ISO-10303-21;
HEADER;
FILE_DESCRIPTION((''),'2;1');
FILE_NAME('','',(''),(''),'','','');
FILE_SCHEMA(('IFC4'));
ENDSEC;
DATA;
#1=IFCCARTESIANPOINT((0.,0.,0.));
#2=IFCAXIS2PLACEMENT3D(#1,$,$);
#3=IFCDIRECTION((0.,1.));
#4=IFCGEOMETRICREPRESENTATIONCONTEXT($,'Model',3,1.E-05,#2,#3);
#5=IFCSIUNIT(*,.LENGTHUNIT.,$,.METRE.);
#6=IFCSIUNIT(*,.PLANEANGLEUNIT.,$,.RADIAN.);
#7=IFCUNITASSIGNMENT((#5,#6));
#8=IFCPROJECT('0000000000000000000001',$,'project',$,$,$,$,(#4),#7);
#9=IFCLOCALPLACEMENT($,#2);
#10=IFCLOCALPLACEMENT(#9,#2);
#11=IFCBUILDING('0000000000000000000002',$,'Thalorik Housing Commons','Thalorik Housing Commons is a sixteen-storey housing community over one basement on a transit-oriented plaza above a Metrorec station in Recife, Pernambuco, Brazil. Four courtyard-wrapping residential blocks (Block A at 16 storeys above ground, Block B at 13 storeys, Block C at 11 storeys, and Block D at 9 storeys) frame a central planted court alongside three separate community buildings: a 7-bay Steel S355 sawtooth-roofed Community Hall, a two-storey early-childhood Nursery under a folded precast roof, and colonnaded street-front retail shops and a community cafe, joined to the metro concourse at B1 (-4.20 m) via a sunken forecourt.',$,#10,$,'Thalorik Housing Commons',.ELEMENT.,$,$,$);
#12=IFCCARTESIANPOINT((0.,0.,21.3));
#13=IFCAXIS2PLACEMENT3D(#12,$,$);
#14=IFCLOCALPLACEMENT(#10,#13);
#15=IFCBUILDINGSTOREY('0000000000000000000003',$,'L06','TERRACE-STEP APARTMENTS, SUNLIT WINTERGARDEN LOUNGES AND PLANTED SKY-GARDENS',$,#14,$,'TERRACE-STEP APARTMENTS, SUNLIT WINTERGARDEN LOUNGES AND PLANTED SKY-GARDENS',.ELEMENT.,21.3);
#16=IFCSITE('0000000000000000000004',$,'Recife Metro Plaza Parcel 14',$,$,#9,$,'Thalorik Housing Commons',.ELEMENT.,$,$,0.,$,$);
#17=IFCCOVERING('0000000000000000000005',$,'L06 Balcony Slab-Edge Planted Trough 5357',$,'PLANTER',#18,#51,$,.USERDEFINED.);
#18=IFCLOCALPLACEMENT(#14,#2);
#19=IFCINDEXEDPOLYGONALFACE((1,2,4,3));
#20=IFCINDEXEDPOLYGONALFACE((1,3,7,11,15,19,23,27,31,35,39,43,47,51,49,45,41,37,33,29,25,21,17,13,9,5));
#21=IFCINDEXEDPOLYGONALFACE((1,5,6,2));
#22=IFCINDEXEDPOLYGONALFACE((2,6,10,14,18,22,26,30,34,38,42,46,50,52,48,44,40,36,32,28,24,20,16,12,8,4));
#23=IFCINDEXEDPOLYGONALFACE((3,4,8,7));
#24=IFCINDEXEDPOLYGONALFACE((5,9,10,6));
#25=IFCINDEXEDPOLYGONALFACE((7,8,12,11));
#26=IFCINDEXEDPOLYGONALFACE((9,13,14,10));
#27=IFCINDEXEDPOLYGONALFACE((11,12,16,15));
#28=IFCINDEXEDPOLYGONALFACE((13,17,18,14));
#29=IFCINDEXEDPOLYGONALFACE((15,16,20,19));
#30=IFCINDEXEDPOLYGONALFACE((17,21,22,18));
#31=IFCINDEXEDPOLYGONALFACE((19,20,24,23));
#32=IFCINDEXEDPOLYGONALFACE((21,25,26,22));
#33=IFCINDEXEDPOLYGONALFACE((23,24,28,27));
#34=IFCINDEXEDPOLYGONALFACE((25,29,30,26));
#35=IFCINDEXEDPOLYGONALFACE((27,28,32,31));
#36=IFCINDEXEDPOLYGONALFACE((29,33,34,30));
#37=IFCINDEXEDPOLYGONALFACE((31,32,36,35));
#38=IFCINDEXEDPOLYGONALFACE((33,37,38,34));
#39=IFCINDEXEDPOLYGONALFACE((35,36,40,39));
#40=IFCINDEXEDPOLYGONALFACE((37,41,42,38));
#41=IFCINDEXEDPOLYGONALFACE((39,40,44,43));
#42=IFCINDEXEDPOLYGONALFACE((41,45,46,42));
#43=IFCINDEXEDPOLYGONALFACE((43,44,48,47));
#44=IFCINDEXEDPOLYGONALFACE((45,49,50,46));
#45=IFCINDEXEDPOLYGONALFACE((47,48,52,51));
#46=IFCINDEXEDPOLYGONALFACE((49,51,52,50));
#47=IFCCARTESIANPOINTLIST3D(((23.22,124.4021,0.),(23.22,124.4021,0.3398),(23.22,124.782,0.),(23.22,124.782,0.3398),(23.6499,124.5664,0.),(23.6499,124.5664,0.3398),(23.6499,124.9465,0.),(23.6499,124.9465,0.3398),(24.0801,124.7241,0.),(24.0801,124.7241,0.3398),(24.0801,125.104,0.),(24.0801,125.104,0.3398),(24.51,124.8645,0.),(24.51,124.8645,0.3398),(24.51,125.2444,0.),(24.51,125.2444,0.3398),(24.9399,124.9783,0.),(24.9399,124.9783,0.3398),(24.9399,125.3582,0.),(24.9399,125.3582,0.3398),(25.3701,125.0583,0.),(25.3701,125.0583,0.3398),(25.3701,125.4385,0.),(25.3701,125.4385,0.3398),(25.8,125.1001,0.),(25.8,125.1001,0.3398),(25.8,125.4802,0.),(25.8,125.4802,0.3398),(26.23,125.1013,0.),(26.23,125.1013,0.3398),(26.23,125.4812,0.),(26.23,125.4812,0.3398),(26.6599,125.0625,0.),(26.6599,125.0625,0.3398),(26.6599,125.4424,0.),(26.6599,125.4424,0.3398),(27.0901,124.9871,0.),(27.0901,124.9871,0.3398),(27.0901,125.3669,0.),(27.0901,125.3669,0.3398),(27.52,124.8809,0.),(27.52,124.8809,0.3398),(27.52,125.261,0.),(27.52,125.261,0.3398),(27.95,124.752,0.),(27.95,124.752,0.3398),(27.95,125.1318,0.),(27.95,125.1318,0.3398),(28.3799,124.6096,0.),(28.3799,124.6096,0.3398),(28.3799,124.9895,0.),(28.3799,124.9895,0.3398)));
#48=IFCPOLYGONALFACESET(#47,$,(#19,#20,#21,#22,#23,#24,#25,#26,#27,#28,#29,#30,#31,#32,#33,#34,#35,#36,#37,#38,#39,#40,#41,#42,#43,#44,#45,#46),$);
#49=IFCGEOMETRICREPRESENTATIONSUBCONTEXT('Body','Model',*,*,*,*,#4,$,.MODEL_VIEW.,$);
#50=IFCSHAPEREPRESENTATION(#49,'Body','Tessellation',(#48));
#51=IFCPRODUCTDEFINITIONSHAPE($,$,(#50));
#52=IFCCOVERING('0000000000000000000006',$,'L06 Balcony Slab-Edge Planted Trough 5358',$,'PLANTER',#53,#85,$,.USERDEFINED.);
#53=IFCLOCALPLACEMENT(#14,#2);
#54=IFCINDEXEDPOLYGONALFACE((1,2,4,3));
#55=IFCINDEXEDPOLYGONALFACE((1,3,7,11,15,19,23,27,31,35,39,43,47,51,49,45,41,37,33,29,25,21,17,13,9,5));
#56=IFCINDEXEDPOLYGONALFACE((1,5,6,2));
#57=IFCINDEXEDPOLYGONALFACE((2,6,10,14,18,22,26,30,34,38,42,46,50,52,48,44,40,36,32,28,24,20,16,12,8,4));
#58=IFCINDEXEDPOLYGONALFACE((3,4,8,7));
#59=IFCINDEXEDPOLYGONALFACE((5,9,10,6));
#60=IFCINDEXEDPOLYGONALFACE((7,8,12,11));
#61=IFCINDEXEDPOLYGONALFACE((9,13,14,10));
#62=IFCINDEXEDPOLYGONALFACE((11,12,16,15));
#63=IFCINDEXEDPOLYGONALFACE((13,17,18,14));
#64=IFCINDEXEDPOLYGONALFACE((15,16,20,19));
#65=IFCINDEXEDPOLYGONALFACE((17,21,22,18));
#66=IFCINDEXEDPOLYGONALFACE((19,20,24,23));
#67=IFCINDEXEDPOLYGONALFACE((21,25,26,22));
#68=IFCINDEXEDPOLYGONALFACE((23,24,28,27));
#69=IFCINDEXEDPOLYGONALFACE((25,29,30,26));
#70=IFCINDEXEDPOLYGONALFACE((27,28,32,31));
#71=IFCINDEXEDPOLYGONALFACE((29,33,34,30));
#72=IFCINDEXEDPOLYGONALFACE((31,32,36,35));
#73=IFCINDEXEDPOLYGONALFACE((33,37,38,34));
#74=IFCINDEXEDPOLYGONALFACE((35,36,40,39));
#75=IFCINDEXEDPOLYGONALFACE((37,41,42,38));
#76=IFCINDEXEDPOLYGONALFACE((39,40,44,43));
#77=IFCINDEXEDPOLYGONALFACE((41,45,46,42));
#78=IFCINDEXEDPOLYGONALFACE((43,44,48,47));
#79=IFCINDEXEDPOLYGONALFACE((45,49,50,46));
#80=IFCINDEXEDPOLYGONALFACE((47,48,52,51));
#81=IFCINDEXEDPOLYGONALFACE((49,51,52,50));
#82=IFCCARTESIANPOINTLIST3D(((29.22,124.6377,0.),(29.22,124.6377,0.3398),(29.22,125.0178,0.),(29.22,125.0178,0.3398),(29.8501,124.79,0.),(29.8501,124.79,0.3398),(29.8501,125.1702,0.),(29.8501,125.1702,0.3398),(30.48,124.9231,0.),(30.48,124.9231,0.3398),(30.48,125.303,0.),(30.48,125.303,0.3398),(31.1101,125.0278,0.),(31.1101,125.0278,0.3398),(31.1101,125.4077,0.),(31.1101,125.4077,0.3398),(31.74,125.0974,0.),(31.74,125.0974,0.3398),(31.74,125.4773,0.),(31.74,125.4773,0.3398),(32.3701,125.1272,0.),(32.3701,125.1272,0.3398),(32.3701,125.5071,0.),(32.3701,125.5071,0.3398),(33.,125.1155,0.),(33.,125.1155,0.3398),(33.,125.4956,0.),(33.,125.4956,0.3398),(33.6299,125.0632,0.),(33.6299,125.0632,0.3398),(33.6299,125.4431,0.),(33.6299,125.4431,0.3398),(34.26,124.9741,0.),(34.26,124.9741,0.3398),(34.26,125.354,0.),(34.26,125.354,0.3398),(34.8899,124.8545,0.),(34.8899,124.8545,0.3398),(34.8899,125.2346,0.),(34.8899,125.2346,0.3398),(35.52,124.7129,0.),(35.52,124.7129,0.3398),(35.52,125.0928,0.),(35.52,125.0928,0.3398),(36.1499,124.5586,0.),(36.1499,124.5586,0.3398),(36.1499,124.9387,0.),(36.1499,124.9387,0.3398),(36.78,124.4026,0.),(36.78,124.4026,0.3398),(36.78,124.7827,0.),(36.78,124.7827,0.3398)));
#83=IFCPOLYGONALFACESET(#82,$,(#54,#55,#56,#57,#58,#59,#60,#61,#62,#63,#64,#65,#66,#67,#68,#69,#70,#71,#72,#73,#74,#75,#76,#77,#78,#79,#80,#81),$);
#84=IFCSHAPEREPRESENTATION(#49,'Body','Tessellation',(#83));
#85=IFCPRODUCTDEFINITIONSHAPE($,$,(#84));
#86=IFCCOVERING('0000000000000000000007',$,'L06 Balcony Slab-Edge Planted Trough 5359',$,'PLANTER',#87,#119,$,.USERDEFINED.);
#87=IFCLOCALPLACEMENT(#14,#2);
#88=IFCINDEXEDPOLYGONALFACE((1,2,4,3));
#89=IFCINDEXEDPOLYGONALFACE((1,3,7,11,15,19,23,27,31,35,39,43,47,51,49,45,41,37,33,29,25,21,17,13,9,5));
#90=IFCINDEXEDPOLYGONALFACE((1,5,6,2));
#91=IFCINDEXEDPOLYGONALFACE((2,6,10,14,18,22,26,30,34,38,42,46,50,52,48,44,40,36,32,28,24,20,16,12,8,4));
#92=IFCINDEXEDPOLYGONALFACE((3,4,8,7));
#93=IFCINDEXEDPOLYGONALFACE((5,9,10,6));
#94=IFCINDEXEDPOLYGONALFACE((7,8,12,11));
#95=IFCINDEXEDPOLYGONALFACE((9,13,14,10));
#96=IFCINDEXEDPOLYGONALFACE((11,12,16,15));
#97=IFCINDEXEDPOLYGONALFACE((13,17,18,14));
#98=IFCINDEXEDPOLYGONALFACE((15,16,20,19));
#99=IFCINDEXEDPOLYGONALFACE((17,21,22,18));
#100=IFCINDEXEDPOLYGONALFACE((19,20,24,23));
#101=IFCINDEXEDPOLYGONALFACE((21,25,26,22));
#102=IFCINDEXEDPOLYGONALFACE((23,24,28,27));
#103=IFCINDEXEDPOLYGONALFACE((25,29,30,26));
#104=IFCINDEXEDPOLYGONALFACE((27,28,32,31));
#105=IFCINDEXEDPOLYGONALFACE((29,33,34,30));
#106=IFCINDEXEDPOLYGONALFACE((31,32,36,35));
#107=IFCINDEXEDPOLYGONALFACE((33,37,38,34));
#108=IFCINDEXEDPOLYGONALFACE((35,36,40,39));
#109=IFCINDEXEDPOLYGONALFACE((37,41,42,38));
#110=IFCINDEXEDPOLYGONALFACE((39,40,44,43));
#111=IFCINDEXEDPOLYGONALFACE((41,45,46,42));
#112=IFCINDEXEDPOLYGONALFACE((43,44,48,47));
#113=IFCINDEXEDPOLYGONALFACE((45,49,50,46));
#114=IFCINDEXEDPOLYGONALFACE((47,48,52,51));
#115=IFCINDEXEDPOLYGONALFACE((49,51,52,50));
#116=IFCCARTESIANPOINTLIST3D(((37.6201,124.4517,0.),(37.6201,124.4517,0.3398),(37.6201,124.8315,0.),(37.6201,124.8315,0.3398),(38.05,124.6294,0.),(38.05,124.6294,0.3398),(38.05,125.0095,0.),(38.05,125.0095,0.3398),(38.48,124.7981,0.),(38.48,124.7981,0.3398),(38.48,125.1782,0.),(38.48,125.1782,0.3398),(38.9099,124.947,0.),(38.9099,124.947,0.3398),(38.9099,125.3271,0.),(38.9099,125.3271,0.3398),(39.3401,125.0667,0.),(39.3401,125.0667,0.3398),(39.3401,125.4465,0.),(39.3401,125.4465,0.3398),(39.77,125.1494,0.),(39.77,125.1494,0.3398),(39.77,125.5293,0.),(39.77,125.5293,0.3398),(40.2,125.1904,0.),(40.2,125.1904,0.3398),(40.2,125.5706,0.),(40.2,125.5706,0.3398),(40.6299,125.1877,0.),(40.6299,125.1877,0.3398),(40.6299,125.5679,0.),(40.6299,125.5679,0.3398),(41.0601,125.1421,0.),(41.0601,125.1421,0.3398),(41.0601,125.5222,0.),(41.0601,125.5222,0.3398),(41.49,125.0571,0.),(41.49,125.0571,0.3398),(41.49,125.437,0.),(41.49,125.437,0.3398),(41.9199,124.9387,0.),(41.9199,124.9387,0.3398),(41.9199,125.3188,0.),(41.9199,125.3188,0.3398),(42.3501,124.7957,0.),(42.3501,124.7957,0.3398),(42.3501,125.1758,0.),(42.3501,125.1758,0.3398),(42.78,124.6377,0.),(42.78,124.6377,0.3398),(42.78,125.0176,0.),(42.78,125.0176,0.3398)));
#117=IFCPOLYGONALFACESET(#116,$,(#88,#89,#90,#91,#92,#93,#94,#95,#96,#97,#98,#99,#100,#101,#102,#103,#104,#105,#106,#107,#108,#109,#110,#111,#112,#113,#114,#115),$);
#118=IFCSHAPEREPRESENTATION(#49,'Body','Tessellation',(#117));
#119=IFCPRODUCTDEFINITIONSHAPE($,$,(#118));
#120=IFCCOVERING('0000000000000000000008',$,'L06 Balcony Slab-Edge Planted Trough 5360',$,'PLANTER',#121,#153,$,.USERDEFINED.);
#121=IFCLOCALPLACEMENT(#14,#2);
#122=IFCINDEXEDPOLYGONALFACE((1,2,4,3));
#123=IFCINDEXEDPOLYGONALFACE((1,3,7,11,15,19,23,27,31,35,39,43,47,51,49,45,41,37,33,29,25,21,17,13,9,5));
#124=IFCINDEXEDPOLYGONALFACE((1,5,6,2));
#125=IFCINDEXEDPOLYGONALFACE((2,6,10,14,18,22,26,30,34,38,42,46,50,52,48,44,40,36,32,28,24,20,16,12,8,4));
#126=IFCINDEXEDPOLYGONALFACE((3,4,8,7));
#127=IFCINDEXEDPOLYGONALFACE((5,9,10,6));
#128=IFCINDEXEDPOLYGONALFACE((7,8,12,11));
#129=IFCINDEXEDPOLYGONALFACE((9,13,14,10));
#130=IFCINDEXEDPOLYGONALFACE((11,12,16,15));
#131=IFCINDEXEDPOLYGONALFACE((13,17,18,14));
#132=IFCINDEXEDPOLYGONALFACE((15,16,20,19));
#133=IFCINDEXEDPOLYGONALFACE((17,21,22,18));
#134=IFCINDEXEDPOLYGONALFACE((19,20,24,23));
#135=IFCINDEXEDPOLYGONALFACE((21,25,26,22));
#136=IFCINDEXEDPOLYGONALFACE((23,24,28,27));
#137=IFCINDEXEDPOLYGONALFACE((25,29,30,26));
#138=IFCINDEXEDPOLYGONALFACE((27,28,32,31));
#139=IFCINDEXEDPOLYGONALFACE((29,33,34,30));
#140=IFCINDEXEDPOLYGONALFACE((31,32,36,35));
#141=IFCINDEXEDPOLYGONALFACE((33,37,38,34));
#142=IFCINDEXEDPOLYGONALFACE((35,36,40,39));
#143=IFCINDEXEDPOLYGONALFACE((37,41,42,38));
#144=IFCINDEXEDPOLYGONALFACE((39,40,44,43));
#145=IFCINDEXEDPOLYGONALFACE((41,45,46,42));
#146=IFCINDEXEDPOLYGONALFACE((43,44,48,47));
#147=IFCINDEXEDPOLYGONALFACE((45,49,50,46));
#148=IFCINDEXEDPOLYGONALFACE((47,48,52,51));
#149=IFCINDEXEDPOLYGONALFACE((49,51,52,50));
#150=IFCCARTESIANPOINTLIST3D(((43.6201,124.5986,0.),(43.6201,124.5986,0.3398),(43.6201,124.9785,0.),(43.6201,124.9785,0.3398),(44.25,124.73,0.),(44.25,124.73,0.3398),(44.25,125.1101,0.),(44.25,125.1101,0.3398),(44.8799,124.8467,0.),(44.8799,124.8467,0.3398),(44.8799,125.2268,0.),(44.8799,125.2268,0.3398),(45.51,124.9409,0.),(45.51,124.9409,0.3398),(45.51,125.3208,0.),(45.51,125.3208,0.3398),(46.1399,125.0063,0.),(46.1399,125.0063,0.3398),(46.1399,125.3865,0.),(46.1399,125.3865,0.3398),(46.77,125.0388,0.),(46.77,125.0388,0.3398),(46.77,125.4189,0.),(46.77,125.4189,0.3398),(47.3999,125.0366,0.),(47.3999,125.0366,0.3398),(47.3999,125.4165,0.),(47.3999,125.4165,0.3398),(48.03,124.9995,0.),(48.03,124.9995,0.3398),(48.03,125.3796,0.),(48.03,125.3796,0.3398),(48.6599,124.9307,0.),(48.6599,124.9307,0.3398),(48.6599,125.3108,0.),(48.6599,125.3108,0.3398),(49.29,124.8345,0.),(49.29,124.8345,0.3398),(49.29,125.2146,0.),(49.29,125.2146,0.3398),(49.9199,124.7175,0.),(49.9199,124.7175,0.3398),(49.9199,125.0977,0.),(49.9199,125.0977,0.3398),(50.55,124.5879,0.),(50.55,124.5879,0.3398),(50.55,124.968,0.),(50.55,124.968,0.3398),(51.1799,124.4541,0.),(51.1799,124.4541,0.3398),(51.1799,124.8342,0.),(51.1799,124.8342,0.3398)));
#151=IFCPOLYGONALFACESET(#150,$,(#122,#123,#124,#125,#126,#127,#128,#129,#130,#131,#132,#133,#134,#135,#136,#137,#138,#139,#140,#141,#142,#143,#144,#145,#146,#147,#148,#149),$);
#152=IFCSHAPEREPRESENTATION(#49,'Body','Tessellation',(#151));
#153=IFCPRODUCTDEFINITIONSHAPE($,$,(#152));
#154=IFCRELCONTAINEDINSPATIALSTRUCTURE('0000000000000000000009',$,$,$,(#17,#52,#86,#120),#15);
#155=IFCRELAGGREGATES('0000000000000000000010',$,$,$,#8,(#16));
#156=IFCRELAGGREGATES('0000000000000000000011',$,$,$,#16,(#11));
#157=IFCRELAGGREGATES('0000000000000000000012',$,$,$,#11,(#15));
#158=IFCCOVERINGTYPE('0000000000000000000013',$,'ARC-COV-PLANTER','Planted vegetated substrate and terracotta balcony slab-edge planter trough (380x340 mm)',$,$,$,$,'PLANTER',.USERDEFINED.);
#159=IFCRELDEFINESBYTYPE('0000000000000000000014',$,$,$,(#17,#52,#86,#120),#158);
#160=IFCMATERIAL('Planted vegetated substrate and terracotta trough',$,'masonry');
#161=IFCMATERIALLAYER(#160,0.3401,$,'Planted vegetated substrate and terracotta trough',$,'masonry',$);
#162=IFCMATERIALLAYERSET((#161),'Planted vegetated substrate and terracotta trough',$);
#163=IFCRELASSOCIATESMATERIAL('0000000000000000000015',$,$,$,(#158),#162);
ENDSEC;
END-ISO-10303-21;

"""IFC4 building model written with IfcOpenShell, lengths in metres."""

from ifc_helpers import new_model, si_unit, direction, frame, origin, place, context, subcontext, project, spatial, polyline, outline, extrude, material, layer, layer_set, type_object, element, save


model = new_model("IFC4")

# Units and contexts
model_context = context("Model", 3, precision=1e-05, world=origin(), true_north=direction((0.0, 1.0)))
body_context = subcontext(model_context, "Body", "Model", "MODEL_VIEW")
ifc_project = project(units=[si_unit("LENGTHUNIT", "METRE"), si_unit("PLANEANGLEUNIT", "RADIAN")], contexts=[model_context])

# Site, building, storey
site_placement = place(None, origin())
site = spatial("IfcSite", under=ifc_project, at=site_placement, Name="Recife Metro Plaza Parcel 14", LongName="Thalorik Housing Commons", CompositionType="ELEMENT", RefElevation=0.0)
building_placement = place(site_placement, origin())
building = spatial("IfcBuilding", under=site, at=building_placement, Name="Thalorik Housing Commons", Description="Thalorik Housing Commons is a sixteen-storey housing community over one basement on a transit-oriented plaza above a Metrorec station in Recife, Pernambuco, Brazil. Four courtyard-wrapping residential blocks (Block A at 16 storeys above ground, Block B at 13 storeys, Block C at 11 storeys, and Block D at 9 storeys) frame a central planted court alongside three separate community buildings: a 7-bay Steel S355 sawtooth-roofed Community Hall, a two-storey early-childhood Nursery under a folded precast roof, and colonnaded street-front retail shops and a community cafe, joined to the metro concourse at B1 (-4.20 m) via a sunken forecourt.", LongName="Thalorik Housing Commons", CompositionType="ELEMENT")
storey_placement = place(building_placement, frame((0.0, 0.0, 21.3)))
storey = spatial("IfcBuildingStorey", under=building, at=storey_placement, Name="L06", Description="TERRACE-STEP APARTMENTS, SUNLIT WINTERGARDEN LOUNGES AND PLANTED SKY-GARDENS", LongName="TERRACE-STEP APARTMENTS, SUNLIT WINTERGARDEN LOUNGES AND PLANTED SKY-GARDENS", CompositionType="ELEMENT", Elevation=21.3)

# Coverings
ifc_material_1 = material(Name="Planted vegetated substrate and terracotta trough", Category="masonry")
ifc_layer_1 = layer(ifc_material_1, 0.3401, Name="Planted vegetated substrate and terracotta trough", Category="masonry")
ifc_layer_set_1 = layer_set([ifc_layer_1], Name="Planted vegetated substrate and terracotta trough")
covering_type = type_object("IfcCoveringType", Name="ARC-COV-PLANTER", Description="Planted vegetated substrate and terracotta balcony slab-edge planter trough (380x340 mm)", ElementType="PLANTER", PredefinedType="USERDEFINED", material=ifc_layer_set_1)
covering_1_placement = place(storey_placement, origin())
element("IfcCovering", 1, at=covering_1_placement, inside=storey, type_object=covering_type, Name="L06 Balcony Slab-Edge Planted Trough 5357", ObjectType="PLANTER", PredefinedType="USERDEFINED", context=body_context, shape_type="SweptSolid", body=[
    extrude(outline(polyline([(28.3799, 124.9895), (27.95, 125.1318), (27.52, 125.261), (27.0901, 125.3669), (26.6599, 125.4424), (26.23, 125.4812), (25.8, 125.4802), (25.3701, 125.4385), (24.9399, 125.3582), (24.51, 125.2444), (24.0801, 125.104), (23.6499, 124.9465), (23.22, 124.782), (23.22, 124.4021), (23.6499, 124.5664), (24.0801, 124.7241), (24.51, 124.8645), (24.9399, 124.9783), (25.3701, 125.0583), (25.8, 125.1001), (26.23, 125.1013), (26.6599, 125.0625), (27.0901, 124.9871), (27.52, 124.8809), (27.95, 124.752), (28.3799, 124.6096), (28.3799, 124.9895)])), origin(), (0.0, 0.0, 1.0), 0.3398),
])
covering_2_placement = place(storey_placement, origin())
element("IfcCovering", 2, at=covering_2_placement, inside=storey, type_object=covering_type, Name="L06 Balcony Slab-Edge Planted Trough 5358", ObjectType="PLANTER", PredefinedType="USERDEFINED", context=body_context, shape_type="SweptSolid", body=[
    extrude(outline(polyline([(36.78, 124.7827), (36.1499, 124.9387), (35.52, 125.0928), (34.8899, 125.2346), (34.26, 125.354), (33.6299, 125.4431), (33.0, 125.4956), (32.3701, 125.5071), (31.74, 125.4773), (31.1101, 125.4077), (30.48, 125.303), (29.8501, 125.1702), (29.22, 125.0178), (29.22, 124.6377), (29.8501, 124.79), (30.48, 124.9231), (31.1101, 125.0278), (31.74, 125.0974), (32.3701, 125.1272), (33.0, 125.1155), (33.6299, 125.0632), (34.26, 124.9741), (34.8899, 124.8545), (35.52, 124.7129), (36.1499, 124.5586), (36.78, 124.4026), (36.78, 124.7827)])), origin(), (0.0, 0.0, 1.0), 0.3398),
])
covering_3_placement = place(storey_placement, origin())
element("IfcCovering", 3, at=covering_3_placement, inside=storey, type_object=covering_type, Name="L06 Balcony Slab-Edge Planted Trough 5359", ObjectType="PLANTER", PredefinedType="USERDEFINED", context=body_context, shape_type="SweptSolid", body=[
    extrude(outline(polyline([(42.78, 125.0176), (42.3501, 125.1758), (41.9199, 125.3188), (41.49, 125.437), (41.0601, 125.5222), (40.6299, 125.5679), (40.2, 125.5706), (39.77, 125.5293), (39.3401, 125.4465), (38.9099, 125.3271), (38.48, 125.1782), (38.05, 125.0095), (37.6201, 124.8315), (37.6201, 124.4517), (38.05, 124.6294), (38.48, 124.7981), (38.9099, 124.947), (39.3401, 125.0667), (39.77, 125.1494), (40.2, 125.1904), (40.6299, 125.1877), (41.0601, 125.1421), (41.49, 125.0571), (41.9199, 124.9387), (42.3501, 124.7957), (42.78, 124.6377), (42.78, 125.0176)])), origin(), (0.0, 0.0, 1.0), 0.3398),
])
covering_4_placement = place(storey_placement, origin())
element("IfcCovering", 4, at=covering_4_placement, inside=storey, type_object=covering_type, Name="L06 Balcony Slab-Edge Planted Trough 5360", ObjectType="PLANTER", PredefinedType="USERDEFINED", context=body_context, shape_type="SweptSolid", body=[
    extrude(outline(polyline([(51.1799, 124.8342), (50.55, 124.968), (49.9199, 125.0977), (49.29, 125.2146), (48.6599, 125.3108), (48.03, 125.3796), (47.3999, 125.4165), (46.77, 125.4189), (46.1399, 125.3865), (45.51, 125.3208), (44.8799, 125.2268), (44.25, 125.1101), (43.6201, 124.9785), (43.6201, 124.5986), (44.25, 124.73), (44.8799, 124.8467), (45.51, 124.9409), (46.1399, 125.0063), (46.77, 125.0388), (47.3999, 125.0366), (48.03, 124.9995), (48.6599, 124.9307), (49.29, 124.8345), (49.9199, 124.7175), (50.55, 124.5879), (51.1799, 124.4541), (51.1799, 124.8342)])), origin(), (0.0, 0.0, 1.0), 0.3398),
])

save(model, "model.ifc")
